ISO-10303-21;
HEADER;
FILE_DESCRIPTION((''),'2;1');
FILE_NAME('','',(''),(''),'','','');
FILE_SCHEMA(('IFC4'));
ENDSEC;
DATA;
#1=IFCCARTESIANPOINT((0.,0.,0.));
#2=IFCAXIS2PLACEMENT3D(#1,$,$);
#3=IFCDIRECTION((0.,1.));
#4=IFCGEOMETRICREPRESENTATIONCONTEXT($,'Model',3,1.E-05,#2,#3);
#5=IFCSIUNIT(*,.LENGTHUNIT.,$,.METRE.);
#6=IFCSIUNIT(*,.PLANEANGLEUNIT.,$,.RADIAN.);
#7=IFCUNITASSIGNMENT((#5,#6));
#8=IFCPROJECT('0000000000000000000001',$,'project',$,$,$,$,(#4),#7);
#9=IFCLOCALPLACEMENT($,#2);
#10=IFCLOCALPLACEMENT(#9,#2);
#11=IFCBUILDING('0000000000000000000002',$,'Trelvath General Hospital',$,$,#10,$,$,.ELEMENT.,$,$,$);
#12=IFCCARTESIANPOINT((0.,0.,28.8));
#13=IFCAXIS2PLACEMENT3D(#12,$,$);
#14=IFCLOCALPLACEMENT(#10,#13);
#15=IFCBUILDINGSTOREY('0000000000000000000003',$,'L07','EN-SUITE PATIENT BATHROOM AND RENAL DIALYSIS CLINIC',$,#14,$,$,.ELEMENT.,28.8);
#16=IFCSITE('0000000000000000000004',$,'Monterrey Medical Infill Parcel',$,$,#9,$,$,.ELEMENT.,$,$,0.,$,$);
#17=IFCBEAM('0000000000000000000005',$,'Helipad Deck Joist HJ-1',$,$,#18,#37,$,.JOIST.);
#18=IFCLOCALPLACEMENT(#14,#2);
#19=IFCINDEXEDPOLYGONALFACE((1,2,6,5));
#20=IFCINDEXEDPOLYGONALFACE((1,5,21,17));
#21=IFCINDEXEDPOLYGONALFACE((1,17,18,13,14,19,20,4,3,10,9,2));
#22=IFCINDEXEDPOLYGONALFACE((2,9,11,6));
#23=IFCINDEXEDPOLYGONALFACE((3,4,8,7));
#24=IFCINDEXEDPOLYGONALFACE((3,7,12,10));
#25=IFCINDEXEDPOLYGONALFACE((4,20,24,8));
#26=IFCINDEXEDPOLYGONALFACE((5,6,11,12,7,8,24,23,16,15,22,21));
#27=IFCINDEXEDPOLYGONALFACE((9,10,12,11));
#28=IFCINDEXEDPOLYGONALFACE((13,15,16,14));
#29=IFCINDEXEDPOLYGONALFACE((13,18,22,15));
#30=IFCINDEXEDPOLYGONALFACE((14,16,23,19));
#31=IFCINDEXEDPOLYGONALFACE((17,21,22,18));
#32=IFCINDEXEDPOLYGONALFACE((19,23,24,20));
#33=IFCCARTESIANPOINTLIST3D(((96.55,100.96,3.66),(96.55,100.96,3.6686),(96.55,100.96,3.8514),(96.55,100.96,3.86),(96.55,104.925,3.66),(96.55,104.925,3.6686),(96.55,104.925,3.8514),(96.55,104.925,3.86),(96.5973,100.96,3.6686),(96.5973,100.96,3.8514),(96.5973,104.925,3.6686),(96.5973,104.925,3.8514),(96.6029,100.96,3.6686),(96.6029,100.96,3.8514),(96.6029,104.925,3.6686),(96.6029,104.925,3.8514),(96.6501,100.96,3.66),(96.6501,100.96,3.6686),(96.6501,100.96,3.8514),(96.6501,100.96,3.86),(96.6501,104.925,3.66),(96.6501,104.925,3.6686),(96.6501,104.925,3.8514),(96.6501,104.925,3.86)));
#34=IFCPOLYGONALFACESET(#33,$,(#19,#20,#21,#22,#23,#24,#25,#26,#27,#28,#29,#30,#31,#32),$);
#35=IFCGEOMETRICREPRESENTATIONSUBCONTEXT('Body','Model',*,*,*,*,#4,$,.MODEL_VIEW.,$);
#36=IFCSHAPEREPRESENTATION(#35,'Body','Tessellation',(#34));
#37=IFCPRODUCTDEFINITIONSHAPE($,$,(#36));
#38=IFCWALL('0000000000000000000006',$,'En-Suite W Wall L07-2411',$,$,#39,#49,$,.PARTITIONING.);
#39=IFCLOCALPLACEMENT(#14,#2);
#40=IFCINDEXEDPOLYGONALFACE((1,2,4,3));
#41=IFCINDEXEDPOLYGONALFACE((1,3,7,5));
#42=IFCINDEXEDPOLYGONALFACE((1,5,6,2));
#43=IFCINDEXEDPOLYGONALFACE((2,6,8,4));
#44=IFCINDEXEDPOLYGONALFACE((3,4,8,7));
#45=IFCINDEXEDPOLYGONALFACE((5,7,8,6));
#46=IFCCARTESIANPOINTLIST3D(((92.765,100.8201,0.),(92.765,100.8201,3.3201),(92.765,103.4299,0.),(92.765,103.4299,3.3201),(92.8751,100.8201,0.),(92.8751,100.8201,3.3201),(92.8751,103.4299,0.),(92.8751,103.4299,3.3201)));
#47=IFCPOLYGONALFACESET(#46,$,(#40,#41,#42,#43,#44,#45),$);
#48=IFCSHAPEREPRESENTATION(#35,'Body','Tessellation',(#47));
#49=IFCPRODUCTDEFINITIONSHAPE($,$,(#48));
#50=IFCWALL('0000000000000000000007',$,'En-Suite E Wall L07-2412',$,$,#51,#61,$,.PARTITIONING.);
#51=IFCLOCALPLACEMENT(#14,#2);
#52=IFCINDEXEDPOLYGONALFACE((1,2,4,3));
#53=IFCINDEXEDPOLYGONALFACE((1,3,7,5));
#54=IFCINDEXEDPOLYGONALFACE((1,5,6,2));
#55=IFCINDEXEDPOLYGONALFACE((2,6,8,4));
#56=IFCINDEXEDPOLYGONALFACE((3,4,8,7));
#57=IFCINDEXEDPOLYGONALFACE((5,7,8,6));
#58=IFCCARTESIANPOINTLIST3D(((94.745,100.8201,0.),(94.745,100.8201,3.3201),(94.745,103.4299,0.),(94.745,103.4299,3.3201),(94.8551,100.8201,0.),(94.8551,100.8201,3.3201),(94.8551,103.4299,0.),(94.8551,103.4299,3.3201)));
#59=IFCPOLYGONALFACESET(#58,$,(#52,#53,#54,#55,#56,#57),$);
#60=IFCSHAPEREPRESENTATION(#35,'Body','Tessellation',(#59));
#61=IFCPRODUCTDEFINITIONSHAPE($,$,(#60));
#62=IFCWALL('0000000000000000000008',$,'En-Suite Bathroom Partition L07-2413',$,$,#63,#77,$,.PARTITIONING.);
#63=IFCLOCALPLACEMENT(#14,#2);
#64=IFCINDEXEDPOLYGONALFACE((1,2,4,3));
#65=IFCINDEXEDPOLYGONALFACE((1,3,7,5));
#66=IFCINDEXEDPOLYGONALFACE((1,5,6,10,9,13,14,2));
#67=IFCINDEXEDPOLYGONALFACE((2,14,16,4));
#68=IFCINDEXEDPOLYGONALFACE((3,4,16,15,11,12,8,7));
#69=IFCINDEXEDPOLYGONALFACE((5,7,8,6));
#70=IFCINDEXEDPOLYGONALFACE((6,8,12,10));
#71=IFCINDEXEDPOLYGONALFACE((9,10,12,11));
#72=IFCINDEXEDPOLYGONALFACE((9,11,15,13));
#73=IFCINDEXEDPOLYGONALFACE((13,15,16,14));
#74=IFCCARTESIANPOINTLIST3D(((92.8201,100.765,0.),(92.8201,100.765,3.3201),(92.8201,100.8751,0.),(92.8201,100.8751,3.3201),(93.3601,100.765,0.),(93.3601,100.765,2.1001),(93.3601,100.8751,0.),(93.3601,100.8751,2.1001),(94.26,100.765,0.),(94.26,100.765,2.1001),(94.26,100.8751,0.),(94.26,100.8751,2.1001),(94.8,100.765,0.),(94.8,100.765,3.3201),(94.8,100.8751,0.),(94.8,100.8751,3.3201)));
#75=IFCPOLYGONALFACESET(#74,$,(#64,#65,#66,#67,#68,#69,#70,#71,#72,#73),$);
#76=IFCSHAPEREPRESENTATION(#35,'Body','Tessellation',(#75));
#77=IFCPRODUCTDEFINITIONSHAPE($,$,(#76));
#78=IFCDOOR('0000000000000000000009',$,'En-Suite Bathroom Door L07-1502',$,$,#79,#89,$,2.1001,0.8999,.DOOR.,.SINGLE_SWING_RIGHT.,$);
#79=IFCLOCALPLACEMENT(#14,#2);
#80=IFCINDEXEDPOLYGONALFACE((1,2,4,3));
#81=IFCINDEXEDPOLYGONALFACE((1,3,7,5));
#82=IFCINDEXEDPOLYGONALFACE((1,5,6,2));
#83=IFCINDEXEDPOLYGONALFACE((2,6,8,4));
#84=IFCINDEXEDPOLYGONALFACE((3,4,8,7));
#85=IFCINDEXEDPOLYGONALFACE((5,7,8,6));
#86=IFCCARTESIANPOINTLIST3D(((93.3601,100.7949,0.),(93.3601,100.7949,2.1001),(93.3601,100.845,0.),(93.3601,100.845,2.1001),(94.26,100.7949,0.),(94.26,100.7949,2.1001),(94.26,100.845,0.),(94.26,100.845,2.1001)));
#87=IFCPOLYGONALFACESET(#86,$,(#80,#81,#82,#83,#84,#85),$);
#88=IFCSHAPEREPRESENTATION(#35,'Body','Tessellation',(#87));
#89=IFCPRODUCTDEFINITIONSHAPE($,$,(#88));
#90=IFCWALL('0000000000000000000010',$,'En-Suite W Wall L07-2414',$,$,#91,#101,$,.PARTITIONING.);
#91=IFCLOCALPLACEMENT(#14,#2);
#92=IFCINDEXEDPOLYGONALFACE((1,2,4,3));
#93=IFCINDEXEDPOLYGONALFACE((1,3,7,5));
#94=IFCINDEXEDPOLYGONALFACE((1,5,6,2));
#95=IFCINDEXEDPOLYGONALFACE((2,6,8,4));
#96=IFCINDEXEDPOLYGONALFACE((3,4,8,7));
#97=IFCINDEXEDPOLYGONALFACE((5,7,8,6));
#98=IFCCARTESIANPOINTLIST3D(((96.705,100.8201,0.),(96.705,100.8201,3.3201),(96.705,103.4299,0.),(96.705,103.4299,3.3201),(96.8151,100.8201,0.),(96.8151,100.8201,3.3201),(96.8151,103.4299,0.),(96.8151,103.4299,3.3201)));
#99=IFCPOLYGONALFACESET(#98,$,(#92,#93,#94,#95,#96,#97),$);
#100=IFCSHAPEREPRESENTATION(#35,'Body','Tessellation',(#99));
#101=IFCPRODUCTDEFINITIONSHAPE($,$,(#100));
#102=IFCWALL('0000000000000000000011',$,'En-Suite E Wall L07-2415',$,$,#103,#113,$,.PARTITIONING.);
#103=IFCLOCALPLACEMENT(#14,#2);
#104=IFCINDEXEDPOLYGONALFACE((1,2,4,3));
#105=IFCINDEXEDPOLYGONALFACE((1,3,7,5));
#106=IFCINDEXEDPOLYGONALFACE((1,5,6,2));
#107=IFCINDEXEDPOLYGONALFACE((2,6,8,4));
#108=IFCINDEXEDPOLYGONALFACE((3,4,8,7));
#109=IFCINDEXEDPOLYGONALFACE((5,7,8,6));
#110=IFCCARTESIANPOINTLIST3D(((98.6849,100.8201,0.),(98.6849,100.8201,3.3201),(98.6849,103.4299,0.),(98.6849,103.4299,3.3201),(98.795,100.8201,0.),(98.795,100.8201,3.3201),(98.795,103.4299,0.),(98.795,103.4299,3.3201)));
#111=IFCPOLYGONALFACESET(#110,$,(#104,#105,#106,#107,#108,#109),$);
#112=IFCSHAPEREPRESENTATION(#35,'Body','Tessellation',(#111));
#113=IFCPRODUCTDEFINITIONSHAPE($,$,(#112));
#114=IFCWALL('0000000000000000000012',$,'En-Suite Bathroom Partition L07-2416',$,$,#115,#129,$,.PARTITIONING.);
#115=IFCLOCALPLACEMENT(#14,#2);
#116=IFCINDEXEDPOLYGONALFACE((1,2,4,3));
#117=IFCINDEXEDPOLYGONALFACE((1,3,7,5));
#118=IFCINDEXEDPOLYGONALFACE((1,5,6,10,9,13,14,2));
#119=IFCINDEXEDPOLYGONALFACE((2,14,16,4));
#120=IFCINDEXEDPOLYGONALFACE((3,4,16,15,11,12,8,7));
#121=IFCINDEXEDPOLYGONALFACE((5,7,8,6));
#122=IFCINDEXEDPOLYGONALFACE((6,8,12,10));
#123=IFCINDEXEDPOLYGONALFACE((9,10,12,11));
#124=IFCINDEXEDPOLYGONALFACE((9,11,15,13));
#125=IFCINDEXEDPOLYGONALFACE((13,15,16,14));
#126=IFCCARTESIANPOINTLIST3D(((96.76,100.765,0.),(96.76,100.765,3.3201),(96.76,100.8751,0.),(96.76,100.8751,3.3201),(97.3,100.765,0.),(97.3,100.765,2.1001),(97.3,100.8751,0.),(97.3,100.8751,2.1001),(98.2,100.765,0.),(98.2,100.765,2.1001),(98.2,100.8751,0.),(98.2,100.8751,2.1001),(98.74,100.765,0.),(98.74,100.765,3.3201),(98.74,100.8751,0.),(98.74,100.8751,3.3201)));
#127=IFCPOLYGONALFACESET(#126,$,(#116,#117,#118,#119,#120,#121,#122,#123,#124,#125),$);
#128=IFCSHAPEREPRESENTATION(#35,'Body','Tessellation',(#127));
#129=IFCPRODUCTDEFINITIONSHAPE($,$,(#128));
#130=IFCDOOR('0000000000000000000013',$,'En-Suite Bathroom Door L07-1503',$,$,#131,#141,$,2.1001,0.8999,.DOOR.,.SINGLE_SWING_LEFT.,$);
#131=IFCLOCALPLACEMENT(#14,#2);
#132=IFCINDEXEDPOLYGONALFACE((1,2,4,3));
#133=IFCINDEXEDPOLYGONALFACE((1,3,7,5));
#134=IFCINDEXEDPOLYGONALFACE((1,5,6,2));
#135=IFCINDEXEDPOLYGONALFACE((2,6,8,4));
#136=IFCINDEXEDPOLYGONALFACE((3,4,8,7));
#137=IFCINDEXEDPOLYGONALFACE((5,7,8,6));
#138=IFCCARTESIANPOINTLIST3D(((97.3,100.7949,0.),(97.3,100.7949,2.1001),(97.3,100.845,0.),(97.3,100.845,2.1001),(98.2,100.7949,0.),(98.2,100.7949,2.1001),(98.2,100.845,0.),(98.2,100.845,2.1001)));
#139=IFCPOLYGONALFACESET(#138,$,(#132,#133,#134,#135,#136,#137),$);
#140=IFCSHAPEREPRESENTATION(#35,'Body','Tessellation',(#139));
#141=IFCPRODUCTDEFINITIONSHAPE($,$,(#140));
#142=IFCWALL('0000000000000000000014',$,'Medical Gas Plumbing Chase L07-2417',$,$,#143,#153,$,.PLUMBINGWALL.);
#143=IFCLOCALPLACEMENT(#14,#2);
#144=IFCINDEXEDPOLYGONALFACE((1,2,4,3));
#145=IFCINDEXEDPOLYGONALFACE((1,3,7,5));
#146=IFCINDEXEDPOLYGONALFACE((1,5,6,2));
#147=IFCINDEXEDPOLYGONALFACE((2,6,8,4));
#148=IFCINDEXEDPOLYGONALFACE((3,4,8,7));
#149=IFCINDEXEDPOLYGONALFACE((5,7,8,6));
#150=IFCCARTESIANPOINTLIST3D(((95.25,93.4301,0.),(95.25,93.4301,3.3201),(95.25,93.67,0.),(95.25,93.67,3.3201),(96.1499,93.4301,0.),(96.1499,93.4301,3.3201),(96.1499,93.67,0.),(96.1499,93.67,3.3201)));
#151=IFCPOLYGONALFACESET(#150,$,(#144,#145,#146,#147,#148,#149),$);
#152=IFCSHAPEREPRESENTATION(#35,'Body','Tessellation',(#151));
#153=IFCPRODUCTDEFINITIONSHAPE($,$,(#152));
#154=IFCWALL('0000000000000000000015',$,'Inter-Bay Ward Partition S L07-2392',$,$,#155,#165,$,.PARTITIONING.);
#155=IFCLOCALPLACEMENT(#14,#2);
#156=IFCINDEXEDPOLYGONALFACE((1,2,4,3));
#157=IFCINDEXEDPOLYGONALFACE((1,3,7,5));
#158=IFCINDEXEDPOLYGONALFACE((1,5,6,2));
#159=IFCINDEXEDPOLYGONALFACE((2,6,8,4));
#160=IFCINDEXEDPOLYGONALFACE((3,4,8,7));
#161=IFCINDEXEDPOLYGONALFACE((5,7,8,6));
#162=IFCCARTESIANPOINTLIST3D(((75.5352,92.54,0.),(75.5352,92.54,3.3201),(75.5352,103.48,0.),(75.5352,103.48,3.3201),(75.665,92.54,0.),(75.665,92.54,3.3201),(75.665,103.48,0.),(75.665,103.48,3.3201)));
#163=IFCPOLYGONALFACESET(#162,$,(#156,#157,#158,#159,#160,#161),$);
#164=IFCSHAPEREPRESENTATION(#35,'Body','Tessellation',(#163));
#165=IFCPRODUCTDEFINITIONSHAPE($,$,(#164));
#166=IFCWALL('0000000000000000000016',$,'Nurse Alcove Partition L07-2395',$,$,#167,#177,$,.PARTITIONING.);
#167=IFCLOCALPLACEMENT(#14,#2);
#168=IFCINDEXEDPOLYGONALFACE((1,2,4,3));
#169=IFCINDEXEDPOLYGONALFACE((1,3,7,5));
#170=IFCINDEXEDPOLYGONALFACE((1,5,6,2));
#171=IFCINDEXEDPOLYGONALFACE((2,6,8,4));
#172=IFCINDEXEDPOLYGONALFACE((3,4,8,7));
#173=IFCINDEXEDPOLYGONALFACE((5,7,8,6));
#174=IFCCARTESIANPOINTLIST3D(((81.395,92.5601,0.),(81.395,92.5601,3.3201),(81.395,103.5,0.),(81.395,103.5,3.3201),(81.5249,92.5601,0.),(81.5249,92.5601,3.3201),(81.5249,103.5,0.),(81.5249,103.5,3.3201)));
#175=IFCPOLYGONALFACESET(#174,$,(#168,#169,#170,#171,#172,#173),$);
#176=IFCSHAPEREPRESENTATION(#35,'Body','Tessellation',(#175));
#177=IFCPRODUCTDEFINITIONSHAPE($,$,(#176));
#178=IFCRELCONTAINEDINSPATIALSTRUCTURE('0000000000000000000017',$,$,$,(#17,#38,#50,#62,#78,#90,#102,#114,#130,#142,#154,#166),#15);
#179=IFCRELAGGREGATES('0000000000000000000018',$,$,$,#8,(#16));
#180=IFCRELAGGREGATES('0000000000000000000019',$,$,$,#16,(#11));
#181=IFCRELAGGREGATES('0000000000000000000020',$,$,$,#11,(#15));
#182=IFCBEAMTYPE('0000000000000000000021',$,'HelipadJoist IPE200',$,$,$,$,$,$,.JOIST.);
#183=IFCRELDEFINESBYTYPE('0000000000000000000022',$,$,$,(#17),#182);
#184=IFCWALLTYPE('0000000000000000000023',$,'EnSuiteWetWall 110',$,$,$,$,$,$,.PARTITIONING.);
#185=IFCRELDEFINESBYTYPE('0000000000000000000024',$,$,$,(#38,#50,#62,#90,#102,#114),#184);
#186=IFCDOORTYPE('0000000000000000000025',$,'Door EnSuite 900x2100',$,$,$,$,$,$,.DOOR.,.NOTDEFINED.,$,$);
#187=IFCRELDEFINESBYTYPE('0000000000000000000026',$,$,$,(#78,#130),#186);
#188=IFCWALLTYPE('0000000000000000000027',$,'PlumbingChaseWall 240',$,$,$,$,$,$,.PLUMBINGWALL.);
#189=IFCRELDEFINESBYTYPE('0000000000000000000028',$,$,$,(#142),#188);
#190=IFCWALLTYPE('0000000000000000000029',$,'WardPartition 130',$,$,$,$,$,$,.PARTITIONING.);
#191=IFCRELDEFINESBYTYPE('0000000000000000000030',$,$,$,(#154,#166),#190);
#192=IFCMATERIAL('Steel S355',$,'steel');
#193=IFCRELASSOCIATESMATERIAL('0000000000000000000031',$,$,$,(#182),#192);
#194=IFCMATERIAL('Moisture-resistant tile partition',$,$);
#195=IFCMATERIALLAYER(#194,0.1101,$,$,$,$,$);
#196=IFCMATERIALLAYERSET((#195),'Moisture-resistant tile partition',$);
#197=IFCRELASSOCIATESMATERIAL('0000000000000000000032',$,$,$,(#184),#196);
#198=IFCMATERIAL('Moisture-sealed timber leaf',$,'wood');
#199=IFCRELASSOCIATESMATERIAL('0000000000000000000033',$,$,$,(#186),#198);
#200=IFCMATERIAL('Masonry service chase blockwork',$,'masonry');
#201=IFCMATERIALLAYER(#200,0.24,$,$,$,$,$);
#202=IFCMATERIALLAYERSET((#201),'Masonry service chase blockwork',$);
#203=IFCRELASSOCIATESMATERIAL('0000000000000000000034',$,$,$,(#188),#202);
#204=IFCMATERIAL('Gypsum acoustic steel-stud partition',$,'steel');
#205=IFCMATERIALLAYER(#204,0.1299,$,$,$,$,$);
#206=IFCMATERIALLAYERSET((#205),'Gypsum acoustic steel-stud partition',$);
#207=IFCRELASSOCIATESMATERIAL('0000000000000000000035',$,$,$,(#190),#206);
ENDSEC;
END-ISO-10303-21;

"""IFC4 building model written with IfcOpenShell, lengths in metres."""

from ifc_helpers import new_model, si_unit, direction, frame, frame_2d, origin, origin_2d, place, context, subcontext, project, spatial, rectangle, i_section, extrude, material, layer, layer_set, material_profile, profile_set, type_object, element, fill, save


model = new_model("IFC4")

# Units and contexts
model_context = context("Model", 3, precision=1e-05, world=origin(), true_north=direction((0.0, 1.0)))
body_context = subcontext(model_context, "Body", "Model", "MODEL_VIEW")
ifc_project = project(units=[si_unit("LENGTHUNIT", "METRE"), si_unit("PLANEANGLEUNIT", "RADIAN")], contexts=[model_context])

# Site, building, storey
site_placement = place(None, origin())
site = spatial("IfcSite", under=ifc_project, at=site_placement, Name="Monterrey Medical Infill Parcel", CompositionType="ELEMENT", RefElevation=0.0)
building_placement = place(site_placement, origin())
building = spatial("IfcBuilding", under=site, at=building_placement, Name="Trelvath General Hospital", CompositionType="ELEMENT")
storey_placement = place(building_placement, frame((0.0, 0.0, 28.8)))
storey = spatial("IfcBuildingStorey", under=building, at=storey_placement, Name="L07", Description="EN-SUITE PATIENT BATHROOM AND RENAL DIALYSIS CLINIC", CompositionType="ELEMENT", Elevation=28.8)

# Beam
ifc_material_1 = material(Name="Steel S355", Category="steel")
ifc_material_profile_1 = material_profile(ifc_material_1, i_section(OverallWidth=0.1001, OverallDepth=0.2, WebThickness=0.0056, FlangeThickness=0.0085, at=origin_2d()), Name="IPE200")
ifc_profile_set_1 = profile_set([ifc_material_profile_1], Name="Steel S355")
beam_type_1 = type_object("IfcBeamType", Name="HelipadJoist IPE200", PredefinedType="JOIST", material=ifc_profile_set_1)
beam_1_placement = place(storey_placement, frame((96.6001, 100.96, 3.76), z_axis=(0.0, 1.0, 0.0), x_axis=(-1.0, 0.0, 0.0)))
element("IfcBeam", 1, at=beam_1_placement, inside=storey, type_object=beam_type_1, Name="Helipad Deck Joist HJ-1", PredefinedType="JOIST", context=body_context, shape_type="SweptSolid", body=[
    extrude(i_section(OverallWidth=0.1001, OverallDepth=0.2, WebThickness=0.0056, FlangeThickness=0.0085, at=origin_2d()), origin(), (0.0, 0.0, 1.0), 3.9651),
])

# Walls
ifc_material_2 = material(Name="Moisture-resistant tile partition")
ifc_layer_1 = layer(ifc_material_2, 0.1101)
ifc_layer_set_1 = layer_set([ifc_layer_1], Name="Moisture-resistant tile partition")
wall_type_1 = type_object("IfcWallType", Name="EnSuiteWetWall 110", PredefinedType="PARTITIONING", material=ifc_layer_set_1)
for number, where, z_axis, x_axis, name in (
    (2, (92.8201, 100.8201, 0.0), (0.0, 0.0, 1.0), (0.0, 1.0, 0.0), "En-Suite W Wall L07-2411"),
    (3, (94.8, 100.8201, 0.0), (0.0, 0.0, 1.0), (0.0, 1.0, 0.0), "En-Suite E Wall L07-2412"),
):
    element("IfcWall", number, at=place(storey_placement, frame(where, z_axis=z_axis, x_axis=x_axis)), inside=storey, type_object=wall_type_1, Name=name, PredefinedType="PARTITIONING", context=body_context, shape_type="SweptSolid", body=[
        extrude(rectangle(XDim=2.6099, YDim=0.1101, at=frame_2d((1.3049, 0.0))), origin(), (0.0, 0.0, 1.0), 3.3201),
    ])

# Wall, opening, door
wall_1_placement = place(storey_placement, frame((92.8201, 100.8201, 0.0), z_axis=(0.0, 0.0, 1.0), x_axis=(1.0, 0.0, 0.0)))
wall_1 = element("IfcWall", 4, at=wall_1_placement, inside=storey, type_object=wall_type_1, Name="En-Suite Bathroom Partition L07-2413", PredefinedType="PARTITIONING", context=body_context, shape_type="SweptSolid", body=[
    extrude(rectangle(XDim=1.98, YDim=0.1101, at=frame_2d((0.99, 0.0))), origin(), (0.0, 0.0, 1.0), 3.3201),
])
opening_1_placement = place(wall_1_placement, frame((0.54, 0.0, 0.0)))
opening_1 = element("IfcOpeningElement", 5, at=opening_1_placement, cuts=wall_1, PredefinedType="OPENING", context=body_context, shape_type="SweptSolid", body=[
    extrude(rectangle(XDim=0.8999, YDim=2.1001, at=frame_2d((0.45, 1.05))), frame((0.0, 0.0649, 0.0), z_axis=(0.0, -1.0, 0.0), x_axis=(1.0, 0.0, 0.0)), (0.0, 0.0, 1.0), 0.1301),
])
ifc_material_3 = material(Name="Moisture-sealed timber leaf", Category="wood")
door_type_1 = type_object("IfcDoorType", Name="Door EnSuite 900x2100", OperationType="NOTDEFINED", PredefinedType="DOOR", material=ifc_material_3)
door_1_placement = place(opening_1_placement, origin())
door_1 = element("IfcDoor", 6, at=door_1_placement, inside=storey, type_object=door_type_1, Name="En-Suite Bathroom Door L07-1502", OperationType="SINGLE_SWING_RIGHT", OverallHeight=2.1001, OverallWidth=0.8999, PredefinedType="DOOR", context=body_context, shape_type="SweptSolid", body=[
    extrude(rectangle(XDim=0.8999, YDim=2.1001, at=frame_2d((0.45, 1.05))), frame((0.0, 0.0249, 0.0), z_axis=(0.0, -1.0, 0.0), x_axis=(1.0, 0.0, 0.0)), (0.0, 0.0, 1.0), 0.05),
])
fill(opening_1, door_1)

# Walls
for number, where, z_axis, x_axis, name in (
    (7, (96.76, 100.8201, 0.0), (0.0, 0.0, 1.0), (0.0, 1.0, 0.0), "En-Suite W Wall L07-2414"),
    (8, (98.74, 100.8201, 0.0), (0.0, 0.0, 1.0), (0.0, 1.0, 0.0), "En-Suite E Wall L07-2415"),
):
    element("IfcWall", number, at=place(storey_placement, frame(where, z_axis=z_axis, x_axis=x_axis)), inside=storey, type_object=wall_type_1, Name=name, PredefinedType="PARTITIONING", context=body_context, shape_type="SweptSolid", body=[
        extrude(rectangle(XDim=2.6099, YDim=0.1101, at=frame_2d((1.3049, 0.0))), origin(), (0.0, 0.0, 1.0), 3.3201),
    ])

# Wall, opening, door
wall_2_placement = place(storey_placement, frame((96.76, 100.8201, 0.0), z_axis=(0.0, 0.0, 1.0), x_axis=(1.0, 0.0, 0.0)))
wall_2 = element("IfcWall", 9, at=wall_2_placement, inside=storey, type_object=wall_type_1, Name="En-Suite Bathroom Partition L07-2416", PredefinedType="PARTITIONING", context=body_context, shape_type="SweptSolid", body=[
    extrude(rectangle(XDim=1.98, YDim=0.1101, at=frame_2d((0.99, 0.0))), origin(), (0.0, 0.0, 1.0), 3.3201),
])
opening_2_placement = place(wall_2_placement, frame((0.54, 0.0, 0.0)))
opening_2 = element("IfcOpeningElement", 10, at=opening_2_placement, cuts=wall_2, PredefinedType="OPENING", context=body_context, shape_type="SweptSolid", body=[
    extrude(rectangle(XDim=0.8999, YDim=2.1001, at=frame_2d((0.45, 1.05))), frame((0.0, 0.0649, 0.0), z_axis=(0.0, -1.0, 0.0), x_axis=(1.0, 0.0, 0.0)), (0.0, 0.0, 1.0), 0.1301),
])
door_2_placement = place(opening_2_placement, origin())
door_2 = element("IfcDoor", 11, at=door_2_placement, inside=storey, type_object=door_type_1, Name="En-Suite Bathroom Door L07-1503", OperationType="SINGLE_SWING_LEFT", OverallHeight=2.1001, OverallWidth=0.8999, PredefinedType="DOOR", context=body_context, shape_type="SweptSolid", body=[
    extrude(rectangle(XDim=0.8999, YDim=2.1001, at=frame_2d((0.45, 1.05))), frame((0.0, 0.0249, 0.0), z_axis=(0.0, -1.0, 0.0), x_axis=(1.0, 0.0, 0.0)), (0.0, 0.0, 1.0), 0.05),
])
fill(opening_2, door_2)

# Walls
ifc_material_4 = material(Name="Masonry service chase blockwork", Category="masonry")
ifc_layer_2 = layer(ifc_material_4, 0.24)
ifc_layer_set_2 = layer_set([ifc_layer_2], Name="Masonry service chase blockwork")
wall_type_2 = type_object("IfcWallType", Name="PlumbingChaseWall 240", PredefinedType="PLUMBINGWALL", material=ifc_layer_set_2)
wall_3_placement = place(storey_placement, frame((95.25, 93.55, 0.0), z_axis=(0.0, 0.0, 1.0), x_axis=(1.0, 0.0, 0.0)))
element("IfcWall", 12, at=wall_3_placement, inside=storey, type_object=wall_type_2, Name="Medical Gas Plumbing Chase L07-2417", PredefinedType="PLUMBINGWALL", context=body_context, shape_type="SweptSolid", body=[
    extrude(rectangle(XDim=0.8999, YDim=0.24, at=frame_2d((0.45, 0.0))), origin(), (0.0, 0.0, 1.0), 3.3201),
])
ifc_material_5 = material(Name="Gypsum acoustic steel-stud partition", Category="steel")
ifc_layer_3 = layer(ifc_material_5, 0.1299)
ifc_layer_set_3 = layer_set([ifc_layer_3], Name="Gypsum acoustic steel-stud partition")
wall_type_3 = type_object("IfcWallType", Name="WardPartition 130", PredefinedType="PARTITIONING", material=ifc_layer_set_3)
for number, where, z_axis, x_axis, name in (
    (13, (75.6001, 92.54, 0.0), (0.0, 0.0, 1.0), (0.0, 1.0, 0.0), "Inter-Bay Ward Partition S L07-2392"),
    (14, (81.46, 92.5601, 0.0), (0.0, 0.0, 1.0), (0.0, 1.0, 0.0), "Nurse Alcove Partition L07-2395"),
):
    element("IfcWall", number, at=place(storey_placement, frame(where, z_axis=z_axis, x_axis=x_axis)), inside=storey, type_object=wall_type_3, Name=name, PredefinedType="PARTITIONING", context=body_context, shape_type="SweptSolid", body=[
        extrude(rectangle(XDim=10.9399, YDim=0.1299, at=frame_2d((5.47, 0.0))), origin(), (0.0, 0.0, 1.0), 3.3201),
    ])

save(model, "model.ifc")
